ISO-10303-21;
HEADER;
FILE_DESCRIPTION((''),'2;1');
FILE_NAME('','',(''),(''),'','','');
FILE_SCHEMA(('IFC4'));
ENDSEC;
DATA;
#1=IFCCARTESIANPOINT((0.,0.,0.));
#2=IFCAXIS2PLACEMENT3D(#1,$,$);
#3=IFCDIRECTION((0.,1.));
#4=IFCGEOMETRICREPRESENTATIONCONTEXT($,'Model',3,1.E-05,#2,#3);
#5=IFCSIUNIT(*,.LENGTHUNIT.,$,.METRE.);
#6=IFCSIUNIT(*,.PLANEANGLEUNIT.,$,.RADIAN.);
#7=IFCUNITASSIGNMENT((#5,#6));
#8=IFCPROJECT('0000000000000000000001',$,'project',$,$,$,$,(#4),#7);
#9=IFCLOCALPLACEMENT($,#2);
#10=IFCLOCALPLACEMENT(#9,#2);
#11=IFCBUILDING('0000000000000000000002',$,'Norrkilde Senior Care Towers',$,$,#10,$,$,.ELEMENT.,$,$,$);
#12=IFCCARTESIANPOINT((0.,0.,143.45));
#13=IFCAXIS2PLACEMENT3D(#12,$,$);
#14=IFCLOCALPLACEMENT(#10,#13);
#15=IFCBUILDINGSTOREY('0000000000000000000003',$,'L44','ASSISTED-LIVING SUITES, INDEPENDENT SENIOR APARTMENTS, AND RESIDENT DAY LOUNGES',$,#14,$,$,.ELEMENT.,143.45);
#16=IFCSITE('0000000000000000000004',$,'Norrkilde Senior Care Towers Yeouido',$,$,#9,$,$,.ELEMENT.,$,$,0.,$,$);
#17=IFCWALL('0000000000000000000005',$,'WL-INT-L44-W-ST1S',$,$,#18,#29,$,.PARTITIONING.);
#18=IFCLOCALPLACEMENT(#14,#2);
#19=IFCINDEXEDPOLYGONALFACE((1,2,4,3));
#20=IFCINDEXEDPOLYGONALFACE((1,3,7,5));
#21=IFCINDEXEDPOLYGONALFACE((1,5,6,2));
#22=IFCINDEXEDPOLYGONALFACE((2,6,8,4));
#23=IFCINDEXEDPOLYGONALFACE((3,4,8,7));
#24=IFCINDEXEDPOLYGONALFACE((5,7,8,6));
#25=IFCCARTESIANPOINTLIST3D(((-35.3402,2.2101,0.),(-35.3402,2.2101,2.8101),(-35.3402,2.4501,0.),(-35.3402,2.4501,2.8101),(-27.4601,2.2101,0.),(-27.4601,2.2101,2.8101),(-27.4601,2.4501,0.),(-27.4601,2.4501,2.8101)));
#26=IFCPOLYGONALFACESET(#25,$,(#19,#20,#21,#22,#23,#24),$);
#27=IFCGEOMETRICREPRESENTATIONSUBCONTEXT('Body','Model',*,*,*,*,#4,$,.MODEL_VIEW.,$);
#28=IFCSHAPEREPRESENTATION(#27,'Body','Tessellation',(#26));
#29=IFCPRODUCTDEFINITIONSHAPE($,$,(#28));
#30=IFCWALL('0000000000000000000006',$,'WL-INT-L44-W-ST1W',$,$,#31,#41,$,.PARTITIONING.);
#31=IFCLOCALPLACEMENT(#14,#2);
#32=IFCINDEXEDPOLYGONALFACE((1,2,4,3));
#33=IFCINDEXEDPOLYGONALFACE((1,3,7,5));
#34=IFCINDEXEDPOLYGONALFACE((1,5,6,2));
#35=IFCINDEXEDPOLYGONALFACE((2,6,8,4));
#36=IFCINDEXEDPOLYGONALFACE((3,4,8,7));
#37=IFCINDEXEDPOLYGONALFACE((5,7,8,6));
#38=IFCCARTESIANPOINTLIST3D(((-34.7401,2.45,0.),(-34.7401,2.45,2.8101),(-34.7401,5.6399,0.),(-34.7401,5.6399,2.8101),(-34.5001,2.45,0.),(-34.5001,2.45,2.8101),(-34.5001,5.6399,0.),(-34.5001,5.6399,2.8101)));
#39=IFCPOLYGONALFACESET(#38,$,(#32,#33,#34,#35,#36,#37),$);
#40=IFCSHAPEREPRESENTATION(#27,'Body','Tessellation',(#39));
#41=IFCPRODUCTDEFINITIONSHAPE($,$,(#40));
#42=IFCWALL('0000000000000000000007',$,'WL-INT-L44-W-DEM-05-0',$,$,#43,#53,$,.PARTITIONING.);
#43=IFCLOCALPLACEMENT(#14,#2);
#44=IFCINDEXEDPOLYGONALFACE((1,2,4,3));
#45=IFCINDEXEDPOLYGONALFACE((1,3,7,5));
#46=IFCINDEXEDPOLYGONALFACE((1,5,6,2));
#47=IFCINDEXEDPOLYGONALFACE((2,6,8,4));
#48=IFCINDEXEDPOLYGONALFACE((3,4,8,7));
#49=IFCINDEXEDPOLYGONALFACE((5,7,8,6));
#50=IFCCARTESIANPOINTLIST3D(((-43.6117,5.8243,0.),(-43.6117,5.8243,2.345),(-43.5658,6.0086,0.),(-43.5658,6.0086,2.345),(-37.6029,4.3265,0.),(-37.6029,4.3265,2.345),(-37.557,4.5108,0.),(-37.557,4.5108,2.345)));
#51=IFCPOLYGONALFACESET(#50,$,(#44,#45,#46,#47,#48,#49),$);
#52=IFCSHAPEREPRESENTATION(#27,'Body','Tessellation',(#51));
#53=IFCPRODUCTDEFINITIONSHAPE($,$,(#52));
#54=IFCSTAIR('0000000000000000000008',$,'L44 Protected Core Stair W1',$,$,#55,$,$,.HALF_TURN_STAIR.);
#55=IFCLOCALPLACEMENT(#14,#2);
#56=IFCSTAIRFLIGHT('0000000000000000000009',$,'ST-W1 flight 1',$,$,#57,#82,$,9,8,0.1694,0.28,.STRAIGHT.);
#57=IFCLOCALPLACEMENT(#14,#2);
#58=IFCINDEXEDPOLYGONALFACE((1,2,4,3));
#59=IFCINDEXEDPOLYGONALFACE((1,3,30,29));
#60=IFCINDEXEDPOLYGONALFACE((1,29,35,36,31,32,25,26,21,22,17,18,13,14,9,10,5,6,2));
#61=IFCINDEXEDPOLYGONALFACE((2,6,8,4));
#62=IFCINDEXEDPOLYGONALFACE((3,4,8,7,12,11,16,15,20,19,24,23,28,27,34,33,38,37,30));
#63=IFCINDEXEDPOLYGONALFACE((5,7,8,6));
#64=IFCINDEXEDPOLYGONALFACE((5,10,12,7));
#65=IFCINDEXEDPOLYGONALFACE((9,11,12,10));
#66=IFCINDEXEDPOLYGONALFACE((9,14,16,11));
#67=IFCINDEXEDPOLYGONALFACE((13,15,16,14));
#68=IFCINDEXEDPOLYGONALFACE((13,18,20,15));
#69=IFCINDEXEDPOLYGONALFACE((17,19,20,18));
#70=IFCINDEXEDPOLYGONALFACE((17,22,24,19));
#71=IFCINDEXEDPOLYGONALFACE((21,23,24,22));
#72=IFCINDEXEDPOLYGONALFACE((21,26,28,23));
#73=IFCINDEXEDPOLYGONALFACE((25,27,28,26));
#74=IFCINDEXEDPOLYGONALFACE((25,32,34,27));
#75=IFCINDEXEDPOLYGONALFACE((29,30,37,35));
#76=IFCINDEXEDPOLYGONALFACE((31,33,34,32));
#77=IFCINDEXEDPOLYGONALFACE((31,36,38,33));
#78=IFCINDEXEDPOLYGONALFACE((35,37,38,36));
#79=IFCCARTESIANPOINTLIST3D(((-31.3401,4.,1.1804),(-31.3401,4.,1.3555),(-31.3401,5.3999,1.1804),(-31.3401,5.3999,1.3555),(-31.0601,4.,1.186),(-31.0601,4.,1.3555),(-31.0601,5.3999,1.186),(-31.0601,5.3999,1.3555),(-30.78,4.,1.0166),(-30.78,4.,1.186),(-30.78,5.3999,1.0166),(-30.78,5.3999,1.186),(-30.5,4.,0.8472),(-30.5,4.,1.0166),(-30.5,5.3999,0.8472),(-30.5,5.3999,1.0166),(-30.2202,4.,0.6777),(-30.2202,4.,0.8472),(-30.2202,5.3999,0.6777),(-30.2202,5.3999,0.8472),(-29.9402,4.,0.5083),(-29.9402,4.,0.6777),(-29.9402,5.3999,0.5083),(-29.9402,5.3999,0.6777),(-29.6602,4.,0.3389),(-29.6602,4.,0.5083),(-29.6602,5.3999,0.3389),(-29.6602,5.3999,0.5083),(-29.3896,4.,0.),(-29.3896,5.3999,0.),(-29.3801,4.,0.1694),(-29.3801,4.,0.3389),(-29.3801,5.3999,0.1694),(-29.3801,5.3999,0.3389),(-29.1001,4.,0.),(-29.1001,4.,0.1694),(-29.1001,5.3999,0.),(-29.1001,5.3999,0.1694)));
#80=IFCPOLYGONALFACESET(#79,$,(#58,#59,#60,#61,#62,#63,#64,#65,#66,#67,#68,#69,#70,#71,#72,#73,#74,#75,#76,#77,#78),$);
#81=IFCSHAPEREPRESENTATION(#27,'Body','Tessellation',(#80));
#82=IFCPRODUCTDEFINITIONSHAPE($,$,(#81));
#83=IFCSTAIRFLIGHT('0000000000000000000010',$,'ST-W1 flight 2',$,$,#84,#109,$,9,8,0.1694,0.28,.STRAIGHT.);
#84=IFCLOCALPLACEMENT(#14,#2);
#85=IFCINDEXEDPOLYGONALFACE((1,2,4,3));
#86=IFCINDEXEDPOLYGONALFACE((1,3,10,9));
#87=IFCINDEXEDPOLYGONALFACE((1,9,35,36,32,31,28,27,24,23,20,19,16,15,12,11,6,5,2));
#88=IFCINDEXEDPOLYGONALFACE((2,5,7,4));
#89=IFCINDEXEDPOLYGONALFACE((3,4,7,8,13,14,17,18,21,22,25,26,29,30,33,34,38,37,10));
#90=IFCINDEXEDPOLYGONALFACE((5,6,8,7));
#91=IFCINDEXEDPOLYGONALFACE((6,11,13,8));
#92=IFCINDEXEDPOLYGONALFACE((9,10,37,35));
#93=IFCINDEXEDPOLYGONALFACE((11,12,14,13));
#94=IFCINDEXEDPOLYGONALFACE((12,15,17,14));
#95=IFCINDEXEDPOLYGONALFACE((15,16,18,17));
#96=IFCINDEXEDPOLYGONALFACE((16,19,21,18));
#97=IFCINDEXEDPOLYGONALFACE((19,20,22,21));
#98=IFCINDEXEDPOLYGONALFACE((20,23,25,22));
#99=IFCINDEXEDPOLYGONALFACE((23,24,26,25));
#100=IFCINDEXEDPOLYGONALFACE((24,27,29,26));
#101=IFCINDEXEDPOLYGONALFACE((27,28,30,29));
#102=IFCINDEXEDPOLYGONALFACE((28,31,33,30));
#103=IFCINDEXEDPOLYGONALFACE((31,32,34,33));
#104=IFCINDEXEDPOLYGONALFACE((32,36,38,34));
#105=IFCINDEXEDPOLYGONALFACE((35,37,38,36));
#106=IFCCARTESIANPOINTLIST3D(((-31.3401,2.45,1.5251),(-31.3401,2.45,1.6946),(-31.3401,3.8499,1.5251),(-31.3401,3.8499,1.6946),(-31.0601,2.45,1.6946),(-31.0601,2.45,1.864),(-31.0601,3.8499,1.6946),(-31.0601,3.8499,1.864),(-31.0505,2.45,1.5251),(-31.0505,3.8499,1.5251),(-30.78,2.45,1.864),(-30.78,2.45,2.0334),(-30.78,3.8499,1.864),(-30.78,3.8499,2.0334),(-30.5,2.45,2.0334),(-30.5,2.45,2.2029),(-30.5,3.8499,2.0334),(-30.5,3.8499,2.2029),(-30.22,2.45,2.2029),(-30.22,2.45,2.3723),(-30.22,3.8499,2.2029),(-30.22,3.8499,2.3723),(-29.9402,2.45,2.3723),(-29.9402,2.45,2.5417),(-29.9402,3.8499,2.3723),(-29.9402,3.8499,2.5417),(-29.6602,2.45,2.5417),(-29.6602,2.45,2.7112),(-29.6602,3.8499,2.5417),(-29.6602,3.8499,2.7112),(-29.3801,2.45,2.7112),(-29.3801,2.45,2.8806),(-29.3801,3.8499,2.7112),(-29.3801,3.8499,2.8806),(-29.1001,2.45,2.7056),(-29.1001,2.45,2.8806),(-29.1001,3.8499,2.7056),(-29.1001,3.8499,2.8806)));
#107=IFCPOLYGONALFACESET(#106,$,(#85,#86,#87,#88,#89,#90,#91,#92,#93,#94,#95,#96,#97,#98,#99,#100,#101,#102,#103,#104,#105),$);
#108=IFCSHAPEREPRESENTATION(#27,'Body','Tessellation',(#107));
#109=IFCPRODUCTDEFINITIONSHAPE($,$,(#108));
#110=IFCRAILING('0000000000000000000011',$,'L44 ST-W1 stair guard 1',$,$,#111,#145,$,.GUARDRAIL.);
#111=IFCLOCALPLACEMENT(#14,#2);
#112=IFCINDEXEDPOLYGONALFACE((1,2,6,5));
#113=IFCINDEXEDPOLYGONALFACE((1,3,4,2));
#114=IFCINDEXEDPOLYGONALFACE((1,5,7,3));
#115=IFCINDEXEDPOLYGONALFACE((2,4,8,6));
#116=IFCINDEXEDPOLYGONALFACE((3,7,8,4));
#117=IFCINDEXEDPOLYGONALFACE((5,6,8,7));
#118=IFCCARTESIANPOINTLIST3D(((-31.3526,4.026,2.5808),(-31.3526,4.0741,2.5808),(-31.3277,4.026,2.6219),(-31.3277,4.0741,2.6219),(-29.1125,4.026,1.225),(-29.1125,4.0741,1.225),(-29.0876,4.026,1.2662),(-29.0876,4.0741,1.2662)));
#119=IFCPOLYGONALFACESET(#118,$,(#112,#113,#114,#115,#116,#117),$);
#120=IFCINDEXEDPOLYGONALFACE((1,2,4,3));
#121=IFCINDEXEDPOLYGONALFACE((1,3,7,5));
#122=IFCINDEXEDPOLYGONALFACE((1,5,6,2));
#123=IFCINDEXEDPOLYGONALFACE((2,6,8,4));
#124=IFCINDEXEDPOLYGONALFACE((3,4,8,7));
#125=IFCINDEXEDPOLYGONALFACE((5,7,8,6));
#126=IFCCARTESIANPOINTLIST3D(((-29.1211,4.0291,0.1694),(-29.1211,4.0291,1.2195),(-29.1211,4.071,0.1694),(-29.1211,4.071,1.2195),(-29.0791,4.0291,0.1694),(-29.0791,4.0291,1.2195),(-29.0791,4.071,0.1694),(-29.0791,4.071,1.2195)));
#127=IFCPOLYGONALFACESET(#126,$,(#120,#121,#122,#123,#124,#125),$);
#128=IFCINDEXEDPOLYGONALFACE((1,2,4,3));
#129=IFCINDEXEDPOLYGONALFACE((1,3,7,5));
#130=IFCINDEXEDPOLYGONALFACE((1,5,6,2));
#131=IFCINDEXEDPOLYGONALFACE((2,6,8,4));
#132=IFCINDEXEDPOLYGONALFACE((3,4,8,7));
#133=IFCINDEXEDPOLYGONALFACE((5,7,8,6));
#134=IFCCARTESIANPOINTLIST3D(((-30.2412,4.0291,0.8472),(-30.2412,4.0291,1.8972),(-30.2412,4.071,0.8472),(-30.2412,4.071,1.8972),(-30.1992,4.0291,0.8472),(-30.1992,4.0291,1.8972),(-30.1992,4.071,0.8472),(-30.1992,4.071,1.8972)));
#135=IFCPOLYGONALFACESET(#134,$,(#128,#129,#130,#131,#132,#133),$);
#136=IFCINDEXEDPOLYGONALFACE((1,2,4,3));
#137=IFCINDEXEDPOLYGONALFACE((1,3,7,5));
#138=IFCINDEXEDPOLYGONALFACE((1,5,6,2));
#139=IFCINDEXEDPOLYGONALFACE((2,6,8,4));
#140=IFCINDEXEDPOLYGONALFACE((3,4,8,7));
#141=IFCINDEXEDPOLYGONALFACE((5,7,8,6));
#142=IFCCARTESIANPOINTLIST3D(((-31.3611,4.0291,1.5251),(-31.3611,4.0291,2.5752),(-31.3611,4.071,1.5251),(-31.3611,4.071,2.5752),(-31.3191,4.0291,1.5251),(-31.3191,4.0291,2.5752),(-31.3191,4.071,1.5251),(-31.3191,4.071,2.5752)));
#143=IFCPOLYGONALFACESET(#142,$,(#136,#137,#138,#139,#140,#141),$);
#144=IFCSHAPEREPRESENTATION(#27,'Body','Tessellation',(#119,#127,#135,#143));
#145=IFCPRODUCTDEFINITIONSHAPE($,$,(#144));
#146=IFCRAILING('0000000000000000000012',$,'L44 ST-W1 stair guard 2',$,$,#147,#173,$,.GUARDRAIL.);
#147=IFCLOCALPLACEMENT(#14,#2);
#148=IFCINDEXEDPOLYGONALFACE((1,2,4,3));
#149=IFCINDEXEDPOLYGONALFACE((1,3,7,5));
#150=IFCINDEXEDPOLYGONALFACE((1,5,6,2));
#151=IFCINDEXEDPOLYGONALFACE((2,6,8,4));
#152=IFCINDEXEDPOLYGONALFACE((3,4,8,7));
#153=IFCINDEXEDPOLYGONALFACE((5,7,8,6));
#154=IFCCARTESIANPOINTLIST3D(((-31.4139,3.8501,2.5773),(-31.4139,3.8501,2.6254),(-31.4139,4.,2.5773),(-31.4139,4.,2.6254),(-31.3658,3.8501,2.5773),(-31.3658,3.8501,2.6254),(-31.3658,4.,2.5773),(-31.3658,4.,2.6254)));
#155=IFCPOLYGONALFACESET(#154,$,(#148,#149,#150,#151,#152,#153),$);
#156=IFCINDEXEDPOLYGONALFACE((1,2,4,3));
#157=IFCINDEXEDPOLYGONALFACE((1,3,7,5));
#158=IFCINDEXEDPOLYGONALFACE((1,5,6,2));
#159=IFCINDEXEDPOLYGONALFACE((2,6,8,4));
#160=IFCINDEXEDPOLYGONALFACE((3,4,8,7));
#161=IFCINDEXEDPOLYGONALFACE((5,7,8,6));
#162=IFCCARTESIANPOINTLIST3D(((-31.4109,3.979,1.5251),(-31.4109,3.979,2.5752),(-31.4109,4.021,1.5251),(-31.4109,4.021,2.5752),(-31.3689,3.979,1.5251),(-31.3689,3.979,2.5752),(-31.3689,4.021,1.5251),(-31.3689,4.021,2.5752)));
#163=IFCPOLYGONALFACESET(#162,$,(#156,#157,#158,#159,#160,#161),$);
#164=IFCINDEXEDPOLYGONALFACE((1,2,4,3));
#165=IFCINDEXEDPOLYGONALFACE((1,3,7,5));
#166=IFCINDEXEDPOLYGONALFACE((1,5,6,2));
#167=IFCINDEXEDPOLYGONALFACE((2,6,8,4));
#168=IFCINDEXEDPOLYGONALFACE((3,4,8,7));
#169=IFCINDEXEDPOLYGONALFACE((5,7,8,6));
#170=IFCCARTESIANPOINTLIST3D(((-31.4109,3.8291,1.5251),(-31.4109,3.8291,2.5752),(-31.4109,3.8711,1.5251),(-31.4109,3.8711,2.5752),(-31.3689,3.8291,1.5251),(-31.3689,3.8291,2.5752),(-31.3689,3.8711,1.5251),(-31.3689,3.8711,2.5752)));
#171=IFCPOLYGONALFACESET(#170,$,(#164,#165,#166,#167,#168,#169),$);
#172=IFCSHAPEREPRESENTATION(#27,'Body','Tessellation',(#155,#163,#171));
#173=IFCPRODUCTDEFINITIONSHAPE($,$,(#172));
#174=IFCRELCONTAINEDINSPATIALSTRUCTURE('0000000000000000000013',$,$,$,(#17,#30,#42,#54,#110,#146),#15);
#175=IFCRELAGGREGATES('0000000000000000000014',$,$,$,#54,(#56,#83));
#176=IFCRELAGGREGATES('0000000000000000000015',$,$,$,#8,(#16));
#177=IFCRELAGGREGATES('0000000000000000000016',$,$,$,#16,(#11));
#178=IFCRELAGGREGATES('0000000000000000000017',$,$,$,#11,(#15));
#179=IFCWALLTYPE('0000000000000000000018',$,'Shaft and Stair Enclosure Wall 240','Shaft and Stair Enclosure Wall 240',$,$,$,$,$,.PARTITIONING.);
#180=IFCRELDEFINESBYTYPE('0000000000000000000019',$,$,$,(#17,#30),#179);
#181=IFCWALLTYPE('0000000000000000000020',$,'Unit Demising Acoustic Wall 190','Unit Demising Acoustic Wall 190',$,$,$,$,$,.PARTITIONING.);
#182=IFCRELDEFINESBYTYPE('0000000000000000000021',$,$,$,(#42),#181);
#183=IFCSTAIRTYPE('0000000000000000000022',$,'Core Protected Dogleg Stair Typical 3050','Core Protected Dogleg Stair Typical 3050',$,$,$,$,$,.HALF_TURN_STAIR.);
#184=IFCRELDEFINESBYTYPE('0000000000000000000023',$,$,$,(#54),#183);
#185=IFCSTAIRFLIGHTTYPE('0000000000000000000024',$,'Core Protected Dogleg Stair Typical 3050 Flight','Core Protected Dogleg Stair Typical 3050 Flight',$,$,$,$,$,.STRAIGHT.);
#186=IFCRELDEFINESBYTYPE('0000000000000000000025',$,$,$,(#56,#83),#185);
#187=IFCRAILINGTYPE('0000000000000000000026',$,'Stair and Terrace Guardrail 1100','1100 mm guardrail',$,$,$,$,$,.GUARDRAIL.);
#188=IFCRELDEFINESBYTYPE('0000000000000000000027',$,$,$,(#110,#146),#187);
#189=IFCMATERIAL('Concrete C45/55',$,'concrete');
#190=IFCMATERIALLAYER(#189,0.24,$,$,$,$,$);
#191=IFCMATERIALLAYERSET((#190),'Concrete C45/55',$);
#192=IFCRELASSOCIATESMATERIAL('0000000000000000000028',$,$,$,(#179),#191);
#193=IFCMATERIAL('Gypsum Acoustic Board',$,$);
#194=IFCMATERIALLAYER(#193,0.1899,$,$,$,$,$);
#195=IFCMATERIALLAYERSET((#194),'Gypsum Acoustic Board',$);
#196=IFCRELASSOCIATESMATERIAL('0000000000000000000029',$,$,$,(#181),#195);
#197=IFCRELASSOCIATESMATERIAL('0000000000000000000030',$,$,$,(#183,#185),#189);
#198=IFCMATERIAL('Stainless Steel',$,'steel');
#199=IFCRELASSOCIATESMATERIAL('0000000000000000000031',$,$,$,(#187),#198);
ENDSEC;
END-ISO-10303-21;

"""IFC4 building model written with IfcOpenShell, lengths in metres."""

from ifc_helpers import new_model, si_unit, direction, frame, frame_2d, origin, origin_2d, place, context, subcontext, project, spatial, polyline, rectangle, outline, extrude, source, transform, mapped, material, layer, layer_set, type_object, type_shapes, element, aggregate, save


model = new_model("IFC4")

# Units and contexts
model_context = context("Model", 3, precision=1e-05, world=origin(), true_north=direction((0.0, 1.0)))
body_context = subcontext(model_context, "Body", "Model", "MODEL_VIEW")
ifc_project = project(units=[si_unit("LENGTHUNIT", "METRE"), si_unit("PLANEANGLEUNIT", "RADIAN")], contexts=[model_context])

# Site, building, storey
site_placement = place(None, origin())
site = spatial("IfcSite", under=ifc_project, at=site_placement, Name="Norrkilde Senior Care Towers Yeouido", CompositionType="ELEMENT", RefElevation=0.0)
building_placement = place(site_placement, origin())
building = spatial("IfcBuilding", under=site, at=building_placement, Name="Norrkilde Senior Care Towers", CompositionType="ELEMENT")
storey_placement = place(building_placement, frame((0.0, 0.0, 143.45)))
storey = spatial("IfcBuildingStorey", under=building, at=storey_placement, Name="L44", Description="ASSISTED-LIVING SUITES, INDEPENDENT SENIOR APARTMENTS, AND RESIDENT DAY LOUNGES", CompositionType="ELEMENT", Elevation=143.45)

# Walls
ifc_material_1 = material(Name="Concrete C45/55", Category="concrete")
ifc_layer_1 = layer(ifc_material_1, 0.24)
ifc_layer_set_1 = layer_set([ifc_layer_1], Name="Concrete C45/55")
wall_type_1 = type_object("IfcWallType", Name="Shaft and Stair Enclosure Wall 240", Description="Shaft and Stair Enclosure Wall 240", PredefinedType="PARTITIONING", material=ifc_layer_set_1)
shared_shape_1 = source(origin(), body_context, "Body", "SweptSolid", [
    extrude(rectangle(XDim=7.8801, YDim=0.24, at=frame_2d((3.9399, 0.0))), origin(), (0.0, 0.0, 1.0), 2.8101),
])
wall_1_placement = place(storey_placement, frame((-35.3401, 2.3301, 0.0), z_axis=(0.0, 0.0, 1.0), x_axis=(1.0, 0.0, 0.0)))
element("IfcWall", 1, at=wall_1_placement, inside=storey, type_object=wall_type_1, Name="WL-INT-L44-W-ST1S", PredefinedType="PARTITIONING", context=body_context, shape_type="MappedRepresentation", body=[
    mapped(shared_shape_1, transform((0.0, 0.0, 0.0), x_axis=(1.0, 0.0, 0.0), y_axis=(0.0, 1.0, 0.0), z_axis=(0.0, 0.0, 1.0), scale=1.0)),
])
shared_shape_2 = source(origin(), body_context, "Body", "SweptSolid", [
    extrude(rectangle(XDim=3.1899, YDim=0.24, at=frame_2d((1.595, 0.0))), origin(), (0.0, 0.0, 1.0), 2.8101),
])
type_shapes(wall_type_1, [shared_shape_1, shared_shape_2])
wall_2_placement = place(storey_placement, frame((-34.6201, 2.45, 0.0), z_axis=(0.0, 0.0, 1.0), x_axis=(0.0, 1.0, 0.0)))
element("IfcWall", 2, at=wall_2_placement, inside=storey, type_object=wall_type_1, Name="WL-INT-L44-W-ST1W", PredefinedType="PARTITIONING", context=body_context, shape_type="MappedRepresentation", body=[
    mapped(shared_shape_2, transform((0.0, 0.0, 0.0), x_axis=(1.0, 0.0, 0.0), y_axis=(0.0, 1.0, 0.0), z_axis=(0.0, 0.0, 1.0), scale=1.0)),
])
ifc_material_2 = material(Name="Gypsum Acoustic Board")
ifc_layer_2 = layer(ifc_material_2, 0.1899)
ifc_layer_set_2 = layer_set([ifc_layer_2], Name="Gypsum Acoustic Board")
wall_type_2 = type_object("IfcWallType", Name="Unit Demising Acoustic Wall 190", Description="Unit Demising Acoustic Wall 190", PredefinedType="PARTITIONING", material=ifc_layer_set_2)
shared_shape_3 = source(origin(), body_context, "Body", "SweptSolid", [
    extrude(rectangle(XDim=6.1926, YDim=0.1899, at=frame_2d((3.0962, 0.0))), origin(), (0.0, 0.0, 1.0), 2.345),
])
type_shapes(wall_type_2, [shared_shape_3])
wall_3_placement = place(storey_placement, frame((-37.5801, 4.4187, 0.0), z_axis=(0.0, 0.0, 1.0), x_axis=(-0.970309, 0.241868, 0.0)))
element("IfcWall", 3, at=wall_3_placement, inside=storey, type_object=wall_type_2, Name="WL-INT-L44-W-DEM-05-0", PredefinedType="PARTITIONING", context=body_context, shape_type="MappedRepresentation", body=[
    mapped(shared_shape_3, transform((0.0, 0.0, 0.0), x_axis=(1.0, 0.0, 0.0), y_axis=(0.0, 1.0, 0.0), z_axis=(0.0, 0.0, 1.0), scale=1.0)),
])

# Stair, stair flights
stair_type = type_object("IfcStairType", Name="Core Protected Dogleg Stair Typical 3050", Description="Core Protected Dogleg Stair Typical 3050", PredefinedType="HALF_TURN_STAIR", material=ifc_material_1)
stair_placement = place(storey_placement, origin())
stair = element("IfcStair", 4, at=stair_placement, inside=storey, type_object=stair_type, Name="L44 Protected Core Stair W1", PredefinedType="HALF_TURN_STAIR")
stair_flight_type = type_object("IfcStairFlightType", Name="Core Protected Dogleg Stair Typical 3050 Flight", Description="Core Protected Dogleg Stair Typical 3050 Flight", PredefinedType="STRAIGHT", material=ifc_material_1)
stair_flight_1_placement = place(storey_placement, frame((-29.1001, 4.7, 0.0), z_axis=(0.0, 0.0, 1.0), x_axis=(-1.0, 0.0, 0.0)))
stair_flight_1 = element("IfcStairFlight", 5, at=stair_flight_1_placement, type_object=stair_flight_type, Name="ST-W1 flight 1", NumberOfRisers=9, NumberOfTreads=8, PredefinedType="STRAIGHT", RiserHeight=0.1694, TreadLength=0.28, context=body_context, shape_type="SweptSolid", body=[
    extrude(outline(polyline([(0.0, 0.0), (0.0, 0.1694), (0.28, 0.1694), (0.28, 0.3389), (0.5601, 0.3389), (0.5601, 0.5083), (0.8401, 0.5083), (0.8401, 0.6777), (1.1201, 0.6777), (1.1201, 0.8472), (1.3999, 0.8472), (1.3999, 1.0166), (1.6799, 1.0166), (1.6799, 1.186), (1.96, 1.186), (1.96, 1.3555), (2.24, 1.3555), (2.24, 1.5249), (2.24, 1.1804), (0.2896, 0.0), (0.0, 0.0)])), frame((0.0, 0.7, 0.0), z_axis=(0.0, -1.0, 0.0), x_axis=(1.0, 0.0, 0.0)), (0.0, 0.0, 1.0), 1.3999),
])
stair_flight_2_placement = place(storey_placement, frame((-31.3401, 3.1499, 1.5251), z_axis=(0.0, 0.0, 1.0), x_axis=(1.0, 0.0, 0.0)))
stair_flight_2 = element("IfcStairFlight", 6, at=stair_flight_2_placement, type_object=stair_flight_type, Name="ST-W1 flight 2", NumberOfRisers=9, NumberOfTreads=8, PredefinedType="STRAIGHT", RiserHeight=0.1694, TreadLength=0.28, context=body_context, shape_type="SweptSolid", body=[
    extrude(outline(polyline([(0.0, 0.0), (0.0, 0.1694), (0.28, 0.1694), (0.28, 0.3389), (0.5601, 0.3389), (0.5601, 0.5083), (0.8401, 0.5083), (0.8401, 0.6777), (1.1201, 0.6777), (1.1201, 0.8472), (1.3999, 0.8472), (1.3999, 1.0166), (1.6799, 1.0166), (1.6799, 1.186), (1.96, 1.186), (1.96, 1.3555), (2.24, 1.3555), (2.24, 1.5249), (2.24, 1.1804), (0.2896, 0.0), (0.0, 0.0)])), frame((0.0, 0.7, 0.0), z_axis=(0.0, -1.0, 0.0), x_axis=(1.0, 0.0, 0.0)), (0.0, 0.0, 1.0), 1.3999),
])
aggregate(stair, [stair_flight_1, stair_flight_2])

# Railings
ifc_material_3 = material(Name="Stainless Steel", Category="steel")
railing_type_1 = type_object("IfcRailingType", Name="Stair and Terrace Guardrail 1100", Description="1100 mm guardrail", PredefinedType="GUARDRAIL", material=ifc_material_3)
railing_1_placement = place(storey_placement, frame((-29.1001, 4.05, 0.1694)))
element("IfcRailing", 7, at=railing_1_placement, inside=storey, type_object=railing_type_1, Name="L44 ST-W1 stair guard 1", PredefinedType="GUARDRAIL", context=body_context, shape_type="SweptSolid", body=[
    extrude(rectangle(XDim=0.0481, YDim=0.0481, at=origin_2d()), frame((0.0, 0.0, 1.0762), z_axis=(-0.855512, 0.0, 0.517783), x_axis=(0.0, -1.0, 0.0)), (0.0, 0.0, 1.0), 2.6184),
    extrude(rectangle(XDim=0.042, YDim=0.042, at=origin_2d()), origin(), (0.0, 0.0, 1.0), 1.05),
    extrude(rectangle(XDim=0.042, YDim=0.042, at=origin_2d()), frame((-1.1201, 0.0, 0.6777)), (0.0, 0.0, 1.0), 1.05),
    extrude(rectangle(XDim=0.042, YDim=0.042, at=origin_2d()), frame((-2.24, 0.0, 1.3557)), (0.0, 0.0, 1.0), 1.05),
])
railing_2_placement = place(storey_placement, frame((-31.3899, 4.0, 1.5251)))
element("IfcRailing", 8, at=railing_2_placement, inside=storey, type_object=railing_type_1, Name="L44 ST-W1 stair guard 2", PredefinedType="GUARDRAIL", context=body_context, shape_type="SweptSolid", body=[
    extrude(rectangle(XDim=0.0481, YDim=0.0481, at=origin_2d()), frame((0.0, 0.0, 1.0762), z_axis=(0.0, -1.0, 0.0), x_axis=(1.0, 0.0, 0.0)), (0.0, 0.0, 1.0), 0.1499),
    extrude(rectangle(XDim=0.042, YDim=0.042, at=origin_2d()), origin(), (0.0, 0.0, 1.0), 1.05),
    extrude(rectangle(XDim=0.042, YDim=0.042, at=origin_2d()), frame((0.0, -0.1499, 0.0)), (0.0, 0.0, 1.0), 1.05),
])

save(model, "model.ifc")
